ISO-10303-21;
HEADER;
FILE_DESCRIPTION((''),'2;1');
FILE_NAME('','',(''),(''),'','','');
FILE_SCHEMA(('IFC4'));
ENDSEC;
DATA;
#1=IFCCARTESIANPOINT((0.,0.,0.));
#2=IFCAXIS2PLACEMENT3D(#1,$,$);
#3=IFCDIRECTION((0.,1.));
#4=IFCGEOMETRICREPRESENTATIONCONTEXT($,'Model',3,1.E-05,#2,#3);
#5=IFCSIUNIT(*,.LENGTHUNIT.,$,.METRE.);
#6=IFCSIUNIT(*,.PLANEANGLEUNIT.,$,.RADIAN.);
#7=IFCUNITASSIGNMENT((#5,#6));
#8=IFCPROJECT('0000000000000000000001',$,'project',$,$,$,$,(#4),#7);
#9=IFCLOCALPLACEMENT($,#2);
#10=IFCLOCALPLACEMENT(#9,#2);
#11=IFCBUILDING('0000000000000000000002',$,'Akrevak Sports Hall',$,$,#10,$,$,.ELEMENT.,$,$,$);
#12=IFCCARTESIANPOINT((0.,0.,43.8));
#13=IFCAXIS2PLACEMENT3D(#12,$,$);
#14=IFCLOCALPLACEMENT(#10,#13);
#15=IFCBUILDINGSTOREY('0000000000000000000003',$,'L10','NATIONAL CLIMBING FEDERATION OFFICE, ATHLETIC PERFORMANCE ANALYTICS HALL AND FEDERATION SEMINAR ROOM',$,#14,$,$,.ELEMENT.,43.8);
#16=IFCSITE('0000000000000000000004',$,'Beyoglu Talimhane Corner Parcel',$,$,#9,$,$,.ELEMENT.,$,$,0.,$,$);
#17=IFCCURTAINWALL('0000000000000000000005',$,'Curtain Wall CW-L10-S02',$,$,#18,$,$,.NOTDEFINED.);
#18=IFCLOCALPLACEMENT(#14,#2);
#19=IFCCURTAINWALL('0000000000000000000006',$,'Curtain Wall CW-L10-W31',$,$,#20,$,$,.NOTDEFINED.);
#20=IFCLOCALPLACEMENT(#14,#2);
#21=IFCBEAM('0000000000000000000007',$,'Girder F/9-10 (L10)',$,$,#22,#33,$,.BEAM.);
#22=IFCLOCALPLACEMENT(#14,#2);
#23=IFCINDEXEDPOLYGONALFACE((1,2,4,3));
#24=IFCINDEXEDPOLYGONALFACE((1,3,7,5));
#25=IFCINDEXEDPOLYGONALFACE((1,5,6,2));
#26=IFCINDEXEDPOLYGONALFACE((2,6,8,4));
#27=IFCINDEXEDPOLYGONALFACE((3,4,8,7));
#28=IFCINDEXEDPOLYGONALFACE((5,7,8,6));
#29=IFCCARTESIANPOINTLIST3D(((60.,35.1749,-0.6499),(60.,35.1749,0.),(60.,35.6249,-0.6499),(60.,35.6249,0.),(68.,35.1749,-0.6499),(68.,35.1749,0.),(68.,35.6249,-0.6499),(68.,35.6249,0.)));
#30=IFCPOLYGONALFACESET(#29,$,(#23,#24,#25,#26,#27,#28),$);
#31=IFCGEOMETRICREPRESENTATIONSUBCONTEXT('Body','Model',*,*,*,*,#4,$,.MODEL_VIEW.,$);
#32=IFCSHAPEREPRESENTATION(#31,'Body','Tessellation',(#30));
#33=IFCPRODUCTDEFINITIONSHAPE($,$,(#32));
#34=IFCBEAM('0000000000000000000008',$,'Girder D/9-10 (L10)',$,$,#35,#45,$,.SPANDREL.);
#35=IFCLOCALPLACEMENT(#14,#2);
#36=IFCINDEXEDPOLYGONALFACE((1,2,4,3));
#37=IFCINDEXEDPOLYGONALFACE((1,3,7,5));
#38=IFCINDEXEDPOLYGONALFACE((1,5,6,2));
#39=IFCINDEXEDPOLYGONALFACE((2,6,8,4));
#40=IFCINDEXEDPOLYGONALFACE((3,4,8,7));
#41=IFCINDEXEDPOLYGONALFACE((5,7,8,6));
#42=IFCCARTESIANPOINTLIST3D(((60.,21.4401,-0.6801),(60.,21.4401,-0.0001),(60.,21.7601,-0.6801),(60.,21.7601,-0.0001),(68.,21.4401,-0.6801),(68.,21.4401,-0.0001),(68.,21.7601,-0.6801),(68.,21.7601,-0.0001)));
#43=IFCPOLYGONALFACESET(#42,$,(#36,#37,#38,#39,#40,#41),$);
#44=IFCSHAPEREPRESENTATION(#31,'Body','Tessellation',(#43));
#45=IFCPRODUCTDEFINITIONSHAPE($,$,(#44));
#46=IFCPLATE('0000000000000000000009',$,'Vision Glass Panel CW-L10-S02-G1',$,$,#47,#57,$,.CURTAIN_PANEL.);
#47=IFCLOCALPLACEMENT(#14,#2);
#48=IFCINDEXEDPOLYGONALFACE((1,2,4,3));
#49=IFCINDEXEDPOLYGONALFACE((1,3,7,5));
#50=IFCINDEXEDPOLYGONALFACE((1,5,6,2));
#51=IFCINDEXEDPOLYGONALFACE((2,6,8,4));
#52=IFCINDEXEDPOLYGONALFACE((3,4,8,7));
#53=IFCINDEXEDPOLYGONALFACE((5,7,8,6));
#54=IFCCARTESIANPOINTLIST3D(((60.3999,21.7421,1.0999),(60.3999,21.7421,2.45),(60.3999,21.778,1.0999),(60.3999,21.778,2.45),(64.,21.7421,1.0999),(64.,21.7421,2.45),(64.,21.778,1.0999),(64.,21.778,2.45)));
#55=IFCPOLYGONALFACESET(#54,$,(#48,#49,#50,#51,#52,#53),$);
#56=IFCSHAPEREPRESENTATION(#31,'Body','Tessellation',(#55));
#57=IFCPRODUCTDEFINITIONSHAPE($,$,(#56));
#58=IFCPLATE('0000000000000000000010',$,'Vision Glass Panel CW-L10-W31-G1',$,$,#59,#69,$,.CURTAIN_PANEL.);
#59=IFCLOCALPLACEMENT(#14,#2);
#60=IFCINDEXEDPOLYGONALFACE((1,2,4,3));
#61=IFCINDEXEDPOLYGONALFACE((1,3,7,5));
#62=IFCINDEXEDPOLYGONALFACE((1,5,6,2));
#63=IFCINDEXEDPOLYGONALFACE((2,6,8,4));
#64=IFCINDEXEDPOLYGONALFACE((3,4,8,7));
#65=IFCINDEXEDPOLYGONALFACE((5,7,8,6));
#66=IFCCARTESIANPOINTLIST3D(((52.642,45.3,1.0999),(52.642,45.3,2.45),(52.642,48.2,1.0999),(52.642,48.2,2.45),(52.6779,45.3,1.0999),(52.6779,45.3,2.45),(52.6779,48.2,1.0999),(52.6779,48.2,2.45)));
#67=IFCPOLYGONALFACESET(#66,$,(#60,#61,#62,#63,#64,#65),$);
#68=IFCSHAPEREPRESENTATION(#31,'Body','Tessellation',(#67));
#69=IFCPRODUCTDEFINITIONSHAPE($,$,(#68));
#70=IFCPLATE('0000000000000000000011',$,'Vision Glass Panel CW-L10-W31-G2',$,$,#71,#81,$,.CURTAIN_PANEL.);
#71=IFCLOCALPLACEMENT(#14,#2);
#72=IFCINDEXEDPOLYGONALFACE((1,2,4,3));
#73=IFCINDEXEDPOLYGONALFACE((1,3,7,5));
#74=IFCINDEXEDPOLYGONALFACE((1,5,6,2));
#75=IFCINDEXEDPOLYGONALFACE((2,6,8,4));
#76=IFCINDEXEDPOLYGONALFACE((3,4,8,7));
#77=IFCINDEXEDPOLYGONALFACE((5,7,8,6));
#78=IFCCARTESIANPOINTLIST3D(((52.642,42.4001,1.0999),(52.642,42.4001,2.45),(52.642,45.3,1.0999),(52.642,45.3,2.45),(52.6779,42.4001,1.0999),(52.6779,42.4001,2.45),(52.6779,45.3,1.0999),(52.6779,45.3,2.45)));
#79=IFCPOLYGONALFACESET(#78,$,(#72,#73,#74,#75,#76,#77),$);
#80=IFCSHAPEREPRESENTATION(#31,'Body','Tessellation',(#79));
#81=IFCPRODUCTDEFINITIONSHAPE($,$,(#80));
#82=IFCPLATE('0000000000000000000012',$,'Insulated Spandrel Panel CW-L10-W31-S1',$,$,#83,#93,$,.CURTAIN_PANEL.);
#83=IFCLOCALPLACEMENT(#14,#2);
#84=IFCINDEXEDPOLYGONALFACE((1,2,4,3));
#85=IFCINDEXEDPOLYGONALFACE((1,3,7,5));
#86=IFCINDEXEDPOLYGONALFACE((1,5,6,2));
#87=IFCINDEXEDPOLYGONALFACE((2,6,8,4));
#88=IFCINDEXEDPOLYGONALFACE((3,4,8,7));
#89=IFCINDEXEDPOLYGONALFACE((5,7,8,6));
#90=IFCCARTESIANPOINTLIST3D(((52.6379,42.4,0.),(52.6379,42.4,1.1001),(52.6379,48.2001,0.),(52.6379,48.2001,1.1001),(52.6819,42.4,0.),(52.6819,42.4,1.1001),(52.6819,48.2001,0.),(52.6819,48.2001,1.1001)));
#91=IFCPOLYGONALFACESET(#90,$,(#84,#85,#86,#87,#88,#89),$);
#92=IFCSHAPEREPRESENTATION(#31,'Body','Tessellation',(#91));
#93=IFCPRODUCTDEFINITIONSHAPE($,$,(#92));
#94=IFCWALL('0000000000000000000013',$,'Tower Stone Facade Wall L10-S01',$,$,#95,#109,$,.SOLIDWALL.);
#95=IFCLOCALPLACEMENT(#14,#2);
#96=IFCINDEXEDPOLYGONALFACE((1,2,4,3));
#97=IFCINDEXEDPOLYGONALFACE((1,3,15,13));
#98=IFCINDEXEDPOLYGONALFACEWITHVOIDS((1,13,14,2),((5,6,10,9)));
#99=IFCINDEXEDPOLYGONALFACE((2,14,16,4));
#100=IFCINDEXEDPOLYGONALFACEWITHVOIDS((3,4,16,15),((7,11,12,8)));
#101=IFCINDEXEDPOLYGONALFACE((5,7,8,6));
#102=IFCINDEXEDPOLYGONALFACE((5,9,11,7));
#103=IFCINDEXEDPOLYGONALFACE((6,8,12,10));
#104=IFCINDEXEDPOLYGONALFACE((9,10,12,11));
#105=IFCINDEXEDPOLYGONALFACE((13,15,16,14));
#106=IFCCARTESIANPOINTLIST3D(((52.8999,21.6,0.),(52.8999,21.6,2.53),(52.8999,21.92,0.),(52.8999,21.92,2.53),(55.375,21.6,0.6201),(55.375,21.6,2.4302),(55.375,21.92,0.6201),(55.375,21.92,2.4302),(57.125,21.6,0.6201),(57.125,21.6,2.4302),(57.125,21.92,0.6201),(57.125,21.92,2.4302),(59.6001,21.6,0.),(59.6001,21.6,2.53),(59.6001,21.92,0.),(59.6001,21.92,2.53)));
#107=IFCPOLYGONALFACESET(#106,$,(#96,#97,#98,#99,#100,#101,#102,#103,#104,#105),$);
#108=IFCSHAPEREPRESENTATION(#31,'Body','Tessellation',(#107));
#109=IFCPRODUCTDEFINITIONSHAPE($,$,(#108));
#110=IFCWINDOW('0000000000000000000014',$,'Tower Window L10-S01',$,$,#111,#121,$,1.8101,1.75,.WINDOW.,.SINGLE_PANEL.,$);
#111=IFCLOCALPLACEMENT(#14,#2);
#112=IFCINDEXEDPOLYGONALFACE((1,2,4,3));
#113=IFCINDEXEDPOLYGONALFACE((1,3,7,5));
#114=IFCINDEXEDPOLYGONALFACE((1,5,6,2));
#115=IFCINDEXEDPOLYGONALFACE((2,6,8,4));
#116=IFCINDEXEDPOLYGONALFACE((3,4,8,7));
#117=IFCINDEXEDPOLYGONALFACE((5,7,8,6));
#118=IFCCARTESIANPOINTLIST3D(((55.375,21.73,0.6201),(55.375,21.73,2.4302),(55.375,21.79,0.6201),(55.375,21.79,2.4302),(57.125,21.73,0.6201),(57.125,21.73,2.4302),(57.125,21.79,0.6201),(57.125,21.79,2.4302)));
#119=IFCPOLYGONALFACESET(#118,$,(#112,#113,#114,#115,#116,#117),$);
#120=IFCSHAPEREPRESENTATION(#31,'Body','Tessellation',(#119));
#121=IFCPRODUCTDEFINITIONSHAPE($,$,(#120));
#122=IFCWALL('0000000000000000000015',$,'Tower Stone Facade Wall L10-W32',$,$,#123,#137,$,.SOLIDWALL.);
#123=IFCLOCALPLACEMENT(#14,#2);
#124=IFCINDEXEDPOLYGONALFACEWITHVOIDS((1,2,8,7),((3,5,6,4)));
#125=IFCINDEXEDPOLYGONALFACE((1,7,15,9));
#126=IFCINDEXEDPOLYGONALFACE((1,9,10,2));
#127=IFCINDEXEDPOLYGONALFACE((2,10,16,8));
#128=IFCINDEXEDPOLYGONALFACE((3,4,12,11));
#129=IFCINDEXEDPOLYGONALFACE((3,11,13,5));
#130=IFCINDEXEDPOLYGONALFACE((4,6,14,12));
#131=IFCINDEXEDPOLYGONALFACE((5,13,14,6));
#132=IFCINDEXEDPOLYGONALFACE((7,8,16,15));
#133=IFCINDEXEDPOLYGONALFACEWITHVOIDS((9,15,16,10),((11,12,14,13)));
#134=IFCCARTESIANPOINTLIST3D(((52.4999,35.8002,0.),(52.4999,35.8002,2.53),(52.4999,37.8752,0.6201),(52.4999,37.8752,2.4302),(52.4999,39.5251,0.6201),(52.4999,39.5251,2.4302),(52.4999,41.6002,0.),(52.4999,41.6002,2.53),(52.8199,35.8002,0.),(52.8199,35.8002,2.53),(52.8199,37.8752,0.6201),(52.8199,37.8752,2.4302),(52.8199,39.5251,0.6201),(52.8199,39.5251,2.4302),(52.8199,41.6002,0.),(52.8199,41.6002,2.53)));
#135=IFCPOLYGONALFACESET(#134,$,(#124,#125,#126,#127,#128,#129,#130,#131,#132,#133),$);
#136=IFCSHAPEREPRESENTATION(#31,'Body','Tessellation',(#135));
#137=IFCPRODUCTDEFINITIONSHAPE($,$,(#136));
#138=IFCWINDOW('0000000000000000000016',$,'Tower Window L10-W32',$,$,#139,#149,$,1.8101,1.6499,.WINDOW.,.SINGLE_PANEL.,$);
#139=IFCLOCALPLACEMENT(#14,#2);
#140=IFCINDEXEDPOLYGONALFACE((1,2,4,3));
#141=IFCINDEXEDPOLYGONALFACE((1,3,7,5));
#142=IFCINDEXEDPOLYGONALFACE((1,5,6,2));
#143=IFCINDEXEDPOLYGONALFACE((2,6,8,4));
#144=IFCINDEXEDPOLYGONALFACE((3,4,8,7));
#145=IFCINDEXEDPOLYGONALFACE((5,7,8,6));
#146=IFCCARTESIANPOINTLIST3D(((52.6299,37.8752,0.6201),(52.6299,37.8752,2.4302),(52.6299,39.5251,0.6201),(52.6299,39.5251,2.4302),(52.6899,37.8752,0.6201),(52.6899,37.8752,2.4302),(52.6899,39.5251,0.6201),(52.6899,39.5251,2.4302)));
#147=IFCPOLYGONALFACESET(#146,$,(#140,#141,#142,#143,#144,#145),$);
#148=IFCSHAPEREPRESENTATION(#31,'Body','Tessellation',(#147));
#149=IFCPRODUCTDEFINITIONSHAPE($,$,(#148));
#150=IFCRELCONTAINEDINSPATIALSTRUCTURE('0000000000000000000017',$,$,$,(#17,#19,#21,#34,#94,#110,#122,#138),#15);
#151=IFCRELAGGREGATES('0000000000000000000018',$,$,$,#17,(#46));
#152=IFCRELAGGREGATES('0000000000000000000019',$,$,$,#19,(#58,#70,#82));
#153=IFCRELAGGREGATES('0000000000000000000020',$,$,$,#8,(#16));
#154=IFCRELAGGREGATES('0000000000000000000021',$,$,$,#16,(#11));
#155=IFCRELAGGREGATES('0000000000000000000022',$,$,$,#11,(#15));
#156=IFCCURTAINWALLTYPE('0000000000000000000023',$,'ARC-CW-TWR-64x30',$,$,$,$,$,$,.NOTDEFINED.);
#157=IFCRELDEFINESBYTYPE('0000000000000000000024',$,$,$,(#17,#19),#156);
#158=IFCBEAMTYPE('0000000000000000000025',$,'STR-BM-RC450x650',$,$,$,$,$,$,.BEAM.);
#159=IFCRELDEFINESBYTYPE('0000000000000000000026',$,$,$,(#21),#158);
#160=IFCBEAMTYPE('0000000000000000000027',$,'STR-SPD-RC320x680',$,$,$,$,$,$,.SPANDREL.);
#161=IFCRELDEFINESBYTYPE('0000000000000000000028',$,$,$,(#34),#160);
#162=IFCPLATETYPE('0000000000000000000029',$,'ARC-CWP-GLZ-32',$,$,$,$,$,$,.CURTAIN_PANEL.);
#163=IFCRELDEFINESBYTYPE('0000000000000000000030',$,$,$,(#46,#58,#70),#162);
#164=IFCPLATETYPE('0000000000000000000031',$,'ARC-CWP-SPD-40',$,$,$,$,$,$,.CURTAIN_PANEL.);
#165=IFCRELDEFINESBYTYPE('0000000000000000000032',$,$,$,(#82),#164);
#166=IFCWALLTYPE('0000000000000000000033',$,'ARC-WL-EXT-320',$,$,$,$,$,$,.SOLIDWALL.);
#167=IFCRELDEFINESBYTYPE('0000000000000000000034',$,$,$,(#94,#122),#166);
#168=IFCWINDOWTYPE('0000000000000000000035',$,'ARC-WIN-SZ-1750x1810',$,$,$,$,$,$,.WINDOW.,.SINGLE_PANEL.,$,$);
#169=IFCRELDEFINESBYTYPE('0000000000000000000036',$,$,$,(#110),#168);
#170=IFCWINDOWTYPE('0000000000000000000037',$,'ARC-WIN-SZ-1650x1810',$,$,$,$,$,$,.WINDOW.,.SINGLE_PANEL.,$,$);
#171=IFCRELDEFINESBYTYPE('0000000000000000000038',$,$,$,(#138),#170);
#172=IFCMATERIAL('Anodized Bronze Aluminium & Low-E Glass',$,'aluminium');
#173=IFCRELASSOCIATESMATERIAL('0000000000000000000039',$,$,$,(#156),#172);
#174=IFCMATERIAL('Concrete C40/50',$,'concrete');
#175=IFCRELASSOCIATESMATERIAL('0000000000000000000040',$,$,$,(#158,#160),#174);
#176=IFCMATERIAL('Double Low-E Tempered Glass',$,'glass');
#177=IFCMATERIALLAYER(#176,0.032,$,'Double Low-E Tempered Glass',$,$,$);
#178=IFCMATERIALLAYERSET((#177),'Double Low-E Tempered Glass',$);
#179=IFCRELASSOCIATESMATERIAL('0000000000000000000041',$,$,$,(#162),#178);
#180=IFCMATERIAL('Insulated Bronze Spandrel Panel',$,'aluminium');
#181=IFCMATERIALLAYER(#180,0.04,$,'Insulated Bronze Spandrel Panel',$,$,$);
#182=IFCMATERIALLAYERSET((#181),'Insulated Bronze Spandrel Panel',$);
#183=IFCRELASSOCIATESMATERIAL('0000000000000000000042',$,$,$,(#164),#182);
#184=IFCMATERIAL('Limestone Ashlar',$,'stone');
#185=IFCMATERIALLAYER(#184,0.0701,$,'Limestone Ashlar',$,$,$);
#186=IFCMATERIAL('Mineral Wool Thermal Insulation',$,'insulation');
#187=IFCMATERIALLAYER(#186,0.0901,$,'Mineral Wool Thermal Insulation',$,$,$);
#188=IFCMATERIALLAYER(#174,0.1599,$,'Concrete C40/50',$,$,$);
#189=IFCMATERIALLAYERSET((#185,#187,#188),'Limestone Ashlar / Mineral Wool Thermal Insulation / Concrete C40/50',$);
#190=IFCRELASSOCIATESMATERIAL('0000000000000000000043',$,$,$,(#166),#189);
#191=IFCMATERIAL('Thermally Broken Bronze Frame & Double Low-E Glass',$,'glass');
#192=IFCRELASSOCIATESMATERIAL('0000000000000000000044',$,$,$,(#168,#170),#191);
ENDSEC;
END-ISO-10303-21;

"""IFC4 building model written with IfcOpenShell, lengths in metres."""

from ifc_helpers import new_model, si_unit, direction, frame, frame_2d, origin, origin_2d, place, context, subcontext, project, spatial, rectangle, extrude, material, layer, layer_set, material_profile, profile_set, type_object, element, fill, aggregate, save


model = new_model("IFC4")

# Units and contexts
model_context = context("Model", 3, precision=1e-05, world=origin(), true_north=direction((0.0, 1.0)))
body_context = subcontext(model_context, "Body", "Model", "MODEL_VIEW")
ifc_project = project(units=[si_unit("LENGTHUNIT", "METRE"), si_unit("PLANEANGLEUNIT", "RADIAN")], contexts=[model_context])

# Site, building, storey
site_placement = place(None, origin())
site = spatial("IfcSite", under=ifc_project, at=site_placement, Name="Beyoglu Talimhane Corner Parcel", CompositionType="ELEMENT", RefElevation=0.0)
building_placement = place(site_placement, origin())
building = spatial("IfcBuilding", under=site, at=building_placement, Name="Akrevak Sports Hall", CompositionType="ELEMENT")
storey_placement = place(building_placement, frame((0.0, 0.0, 43.8)))
storey = spatial("IfcBuildingStorey", under=building, at=storey_placement, Name="L10", Description="NATIONAL CLIMBING FEDERATION OFFICE, ATHLETIC PERFORMANCE ANALYTICS HALL AND FEDERATION SEMINAR ROOM", CompositionType="ELEMENT", Elevation=43.8)

# Shared definitions
ifc_material_1 = material(Name="Concrete C40/50", Category="concrete")

# Curtain wall
ifc_material_2 = material(Name="Anodized Bronze Aluminium & Low-E Glass", Category="aluminium")
curtain_wall_type = type_object("IfcCurtainWallType", Name="ARC-CW-TWR-64x30", PredefinedType="NOTDEFINED", material=ifc_material_2)
curtain_wall_1_placement = place(storey_placement, origin())
curtain_wall_1 = element("IfcCurtainWall", 1, at=curtain_wall_1_placement, inside=storey, type_object=curtain_wall_type, Name="Curtain Wall CW-L10-S02", PredefinedType="NOTDEFINED")

# Curtain wall
curtain_wall_2_placement = place(storey_placement, origin())
curtain_wall_2 = element("IfcCurtainWall", 2, at=curtain_wall_2_placement, inside=storey, type_object=curtain_wall_type, Name="Curtain Wall CW-L10-W31", PredefinedType="NOTDEFINED")

# Beams
ifc_material_profile_1 = material_profile(ifc_material_1, rectangle(XDim=0.45, YDim=0.6499, at=origin_2d()), Name="BM 450x650", Category="concrete")
ifc_profile_set_1 = profile_set([ifc_material_profile_1], Name="Concrete C40/50")
beam_type_1 = type_object("IfcBeamType", Name="STR-BM-RC450x650", PredefinedType="BEAM", material=ifc_profile_set_1)
for number, where, z_axis, x_axis, name in (
    (3, (60.0, 35.3999, -0.325), (1.0, 0.0, 0.0), (0.0, 1.0, 0.0), "Girder F/9-10 (L10)"),
):
    element("IfcBeam", number, at=place(storey_placement, frame(where, z_axis=z_axis, x_axis=x_axis)), inside=storey, type_object=beam_type_1, Name=name, PredefinedType="BEAM", context=body_context, shape_type="SweptSolid", body=[
        extrude(rectangle(XDim=0.45, YDim=0.6499, at=origin_2d()), origin(), (0.0, 0.0, 1.0), 8.0),
    ])
ifc_material_profile_2 = material_profile(ifc_material_1, rectangle(XDim=0.3201, YDim=0.6799, at=origin_2d()), Name="SPD 320x680", Category="concrete")
ifc_profile_set_2 = profile_set([ifc_material_profile_2], Name="Concrete C40/50")
beam_type_2 = type_object("IfcBeamType", Name="STR-SPD-RC320x680", PredefinedType="SPANDREL", material=ifc_profile_set_2)
beam_1_placement = place(storey_placement, frame((60.0, 21.6001, -0.3401), z_axis=(1.0, 0.0, 0.0), x_axis=(0.0, 1.0, 0.0)))
element("IfcBeam", 4, at=beam_1_placement, inside=storey, type_object=beam_type_2, Name="Girder D/9-10 (L10)", PredefinedType="SPANDREL", context=body_context, shape_type="SweptSolid", body=[
    extrude(rectangle(XDim=0.3201, YDim=0.6799, at=origin_2d()), origin(), (0.0, 0.0, 1.0), 8.0),
])

# Plates
ifc_material_3 = material(Name="Double Low-E Tempered Glass", Category="glass")
ifc_layer_1 = layer(ifc_material_3, 0.032, Name="Double Low-E Tempered Glass")
ifc_layer_set_1 = layer_set([ifc_layer_1], Name="Double Low-E Tempered Glass")
plate_type_1 = type_object("IfcPlateType", Name="ARC-CWP-GLZ-32", PredefinedType="CURTAIN_PANEL", material=ifc_layer_set_1)
plate_1_placement = place(storey_placement, frame((62.2, 21.76, 1.0999), z_axis=(0.0, 0.0, 1.0), x_axis=(1.0, 0.0, 0.0)))
plate_1 = element("IfcPlate", 5, at=plate_1_placement, type_object=plate_type_1, Name="Vision Glass Panel CW-L10-S02-G1", PredefinedType="CURTAIN_PANEL", context=body_context, shape_type="SweptSolid", body=[
    extrude(rectangle(XDim=3.6001, YDim=0.0359, at=origin_2d()), origin(), (0.0, 0.0, 1.0), 1.3501),
])
aggregate(curtain_wall_1, [plate_1])
plate_2_placement = place(storey_placement, frame((52.6599, 46.75, 1.0999), z_axis=(0.0, 0.0, 1.0), x_axis=(0.0, -1.0, 0.0)))
plate_2 = element("IfcPlate", 6, at=plate_2_placement, type_object=plate_type_1, Name="Vision Glass Panel CW-L10-W31-G1", PredefinedType="CURTAIN_PANEL", context=body_context, shape_type="SweptSolid", body=[
    extrude(rectangle(XDim=2.8999, YDim=0.0359, at=origin_2d()), origin(), (0.0, 0.0, 1.0), 1.3501),
])
plate_3_placement = place(storey_placement, frame((52.6599, 43.8501, 1.0999), z_axis=(0.0, 0.0, 1.0), x_axis=(0.0, -1.0, 0.0)))
plate_3 = element("IfcPlate", 7, at=plate_3_placement, type_object=plate_type_1, Name="Vision Glass Panel CW-L10-W31-G2", PredefinedType="CURTAIN_PANEL", context=body_context, shape_type="SweptSolid", body=[
    extrude(rectangle(XDim=2.8999, YDim=0.0359, at=origin_2d()), origin(), (0.0, 0.0, 1.0), 1.3501),
])
ifc_material_4 = material(Name="Insulated Bronze Spandrel Panel", Category="aluminium")
ifc_layer_2 = layer(ifc_material_4, 0.04, Name="Insulated Bronze Spandrel Panel")
ifc_layer_set_2 = layer_set([ifc_layer_2], Name="Insulated Bronze Spandrel Panel")
plate_type_2 = type_object("IfcPlateType", Name="ARC-CWP-SPD-40", PredefinedType="CURTAIN_PANEL", material=ifc_layer_set_2)
plate_4_placement = place(storey_placement, frame((52.6599, 45.3, 0.0), z_axis=(0.0, 0.0, 1.0), x_axis=(0.0, -1.0, 0.0)))
plate_4 = element("IfcPlate", 8, at=plate_4_placement, type_object=plate_type_2, Name="Insulated Spandrel Panel CW-L10-W31-S1", PredefinedType="CURTAIN_PANEL", context=body_context, shape_type="SweptSolid", body=[
    extrude(rectangle(XDim=5.8, YDim=0.0439, at=origin_2d()), origin(), (0.0, 0.0, 1.0), 1.1001),
])
aggregate(curtain_wall_2, [plate_2, plate_3, plate_4])

# Walls, openings, windows
ifc_material_5 = material(Name="Limestone Ashlar", Category="stone")
ifc_layer_3 = layer(ifc_material_5, 0.0701, Name="Limestone Ashlar")
ifc_material_6 = material(Name="Mineral Wool Thermal Insulation", Category="insulation")
ifc_layer_4 = layer(ifc_material_6, 0.0901, Name="Mineral Wool Thermal Insulation")
ifc_layer_5 = layer(ifc_material_1, 0.1599, Name="Concrete C40/50")
ifc_layer_set_3 = layer_set([ifc_layer_3, ifc_layer_4, ifc_layer_5], Name="Limestone Ashlar / Mineral Wool Thermal Insulation / Concrete C40/50")
wall_type_1 = type_object("IfcWallType", Name="ARC-WL-EXT-320", PredefinedType="SOLIDWALL", material=ifc_layer_set_3)
wall_1_placement = place(storey_placement, frame((52.8999, 21.76, 0.0), z_axis=(0.0, 0.0, 1.0), x_axis=(1.0, 0.0, 0.0)))
wall_1 = element("IfcWall", 9, at=wall_1_placement, inside=storey, type_object=wall_type_1, Name="Tower Stone Facade Wall L10-S01", PredefinedType="SOLIDWALL", context=body_context, shape_type="SweptSolid", body=[
    extrude(rectangle(XDim=6.7002, YDim=0.3201, at=frame_2d((3.3501, 0.0))), origin(), (0.0, 0.0, 1.0), 2.53),
])
opening_1_placement = place(wall_1_placement, frame((2.4751, 0.0, 0.6201)))
opening_1 = element("IfcOpeningElement", 10, at=opening_1_placement, cuts=wall_1, PredefinedType="OPENING", context=body_context, shape_type="SweptSolid", body=[
    extrude(rectangle(XDim=1.75, YDim=1.8101, at=frame_2d((0.875, 0.905))), frame((0.0, 0.1719, 0.0), z_axis=(0.0, -1.0, 0.0), x_axis=(1.0, 0.0, 0.0)), (0.0, 0.0, 1.0), 0.344),
])
ifc_material_7 = material(Name="Thermally Broken Bronze Frame & Double Low-E Glass", Category="glass")
window_type_1 = type_object("IfcWindowType", Name="ARC-WIN-SZ-1750x1810", PartitioningType="SINGLE_PANEL", PredefinedType="WINDOW", material=ifc_material_7)
window_1_placement = place(opening_1_placement, origin())
window_1 = element("IfcWindow", 11, at=window_1_placement, inside=storey, type_object=window_type_1, Name="Tower Window L10-S01", OverallHeight=1.8101, OverallWidth=1.75, PartitioningType="SINGLE_PANEL", PredefinedType="WINDOW", context=body_context, shape_type="SweptSolid", body=[
    extrude(rectangle(XDim=1.75, YDim=1.8101, at=frame_2d((0.875, 0.905))), frame((0.0, 0.03, 0.0), z_axis=(0.0, -1.0, 0.0), x_axis=(1.0, 0.0, 0.0)), (0.0, 0.0, 1.0), 0.0601),
])
fill(opening_1, window_1)
wall_2_placement = place(storey_placement, frame((52.6599, 41.6001, 0.0), z_axis=(0.0, 0.0, 1.0), x_axis=(0.0, -1.0, 0.0)))
wall_2 = element("IfcWall", 12, at=wall_2_placement, inside=storey, type_object=wall_type_1, Name="Tower Stone Facade Wall L10-W32", PredefinedType="SOLIDWALL", context=body_context, shape_type="SweptSolid", body=[
    extrude(rectangle(XDim=5.8, YDim=0.3201, at=frame_2d((2.8999, 0.0))), origin(), (0.0, 0.0, 1.0), 2.53),
])
opening_2_placement = place(wall_2_placement, frame((2.075, 0.0, 0.6201)))
opening_2 = element("IfcOpeningElement", 13, at=opening_2_placement, cuts=wall_2, PredefinedType="OPENING", context=body_context, shape_type="SweptSolid", body=[
    extrude(rectangle(XDim=1.6499, YDim=1.8101, at=frame_2d((0.825, 0.905))), frame((0.0, 0.1719, 0.0), z_axis=(0.0, -1.0, 0.0), x_axis=(1.0, 0.0, 0.0)), (0.0, 0.0, 1.0), 0.344),
])
window_type_2 = type_object("IfcWindowType", Name="ARC-WIN-SZ-1650x1810", PartitioningType="SINGLE_PANEL", PredefinedType="WINDOW", material=ifc_material_7)
window_2_placement = place(opening_2_placement, origin())
window_2 = element("IfcWindow", 14, at=window_2_placement, inside=storey, type_object=window_type_2, Name="Tower Window L10-W32", OverallHeight=1.8101, OverallWidth=1.6499, PartitioningType="SINGLE_PANEL", PredefinedType="WINDOW", context=body_context, shape_type="SweptSolid", body=[
    extrude(rectangle(XDim=1.6499, YDim=1.8101, at=frame_2d((0.825, 0.905))), frame((0.0, 0.03, 0.0), z_axis=(0.0, -1.0, 0.0), x_axis=(1.0, 0.0, 0.0)), (0.0, 0.0, 1.0), 0.0601),
])
fill(opening_2, window_2)

save(model, "model.ifc")
